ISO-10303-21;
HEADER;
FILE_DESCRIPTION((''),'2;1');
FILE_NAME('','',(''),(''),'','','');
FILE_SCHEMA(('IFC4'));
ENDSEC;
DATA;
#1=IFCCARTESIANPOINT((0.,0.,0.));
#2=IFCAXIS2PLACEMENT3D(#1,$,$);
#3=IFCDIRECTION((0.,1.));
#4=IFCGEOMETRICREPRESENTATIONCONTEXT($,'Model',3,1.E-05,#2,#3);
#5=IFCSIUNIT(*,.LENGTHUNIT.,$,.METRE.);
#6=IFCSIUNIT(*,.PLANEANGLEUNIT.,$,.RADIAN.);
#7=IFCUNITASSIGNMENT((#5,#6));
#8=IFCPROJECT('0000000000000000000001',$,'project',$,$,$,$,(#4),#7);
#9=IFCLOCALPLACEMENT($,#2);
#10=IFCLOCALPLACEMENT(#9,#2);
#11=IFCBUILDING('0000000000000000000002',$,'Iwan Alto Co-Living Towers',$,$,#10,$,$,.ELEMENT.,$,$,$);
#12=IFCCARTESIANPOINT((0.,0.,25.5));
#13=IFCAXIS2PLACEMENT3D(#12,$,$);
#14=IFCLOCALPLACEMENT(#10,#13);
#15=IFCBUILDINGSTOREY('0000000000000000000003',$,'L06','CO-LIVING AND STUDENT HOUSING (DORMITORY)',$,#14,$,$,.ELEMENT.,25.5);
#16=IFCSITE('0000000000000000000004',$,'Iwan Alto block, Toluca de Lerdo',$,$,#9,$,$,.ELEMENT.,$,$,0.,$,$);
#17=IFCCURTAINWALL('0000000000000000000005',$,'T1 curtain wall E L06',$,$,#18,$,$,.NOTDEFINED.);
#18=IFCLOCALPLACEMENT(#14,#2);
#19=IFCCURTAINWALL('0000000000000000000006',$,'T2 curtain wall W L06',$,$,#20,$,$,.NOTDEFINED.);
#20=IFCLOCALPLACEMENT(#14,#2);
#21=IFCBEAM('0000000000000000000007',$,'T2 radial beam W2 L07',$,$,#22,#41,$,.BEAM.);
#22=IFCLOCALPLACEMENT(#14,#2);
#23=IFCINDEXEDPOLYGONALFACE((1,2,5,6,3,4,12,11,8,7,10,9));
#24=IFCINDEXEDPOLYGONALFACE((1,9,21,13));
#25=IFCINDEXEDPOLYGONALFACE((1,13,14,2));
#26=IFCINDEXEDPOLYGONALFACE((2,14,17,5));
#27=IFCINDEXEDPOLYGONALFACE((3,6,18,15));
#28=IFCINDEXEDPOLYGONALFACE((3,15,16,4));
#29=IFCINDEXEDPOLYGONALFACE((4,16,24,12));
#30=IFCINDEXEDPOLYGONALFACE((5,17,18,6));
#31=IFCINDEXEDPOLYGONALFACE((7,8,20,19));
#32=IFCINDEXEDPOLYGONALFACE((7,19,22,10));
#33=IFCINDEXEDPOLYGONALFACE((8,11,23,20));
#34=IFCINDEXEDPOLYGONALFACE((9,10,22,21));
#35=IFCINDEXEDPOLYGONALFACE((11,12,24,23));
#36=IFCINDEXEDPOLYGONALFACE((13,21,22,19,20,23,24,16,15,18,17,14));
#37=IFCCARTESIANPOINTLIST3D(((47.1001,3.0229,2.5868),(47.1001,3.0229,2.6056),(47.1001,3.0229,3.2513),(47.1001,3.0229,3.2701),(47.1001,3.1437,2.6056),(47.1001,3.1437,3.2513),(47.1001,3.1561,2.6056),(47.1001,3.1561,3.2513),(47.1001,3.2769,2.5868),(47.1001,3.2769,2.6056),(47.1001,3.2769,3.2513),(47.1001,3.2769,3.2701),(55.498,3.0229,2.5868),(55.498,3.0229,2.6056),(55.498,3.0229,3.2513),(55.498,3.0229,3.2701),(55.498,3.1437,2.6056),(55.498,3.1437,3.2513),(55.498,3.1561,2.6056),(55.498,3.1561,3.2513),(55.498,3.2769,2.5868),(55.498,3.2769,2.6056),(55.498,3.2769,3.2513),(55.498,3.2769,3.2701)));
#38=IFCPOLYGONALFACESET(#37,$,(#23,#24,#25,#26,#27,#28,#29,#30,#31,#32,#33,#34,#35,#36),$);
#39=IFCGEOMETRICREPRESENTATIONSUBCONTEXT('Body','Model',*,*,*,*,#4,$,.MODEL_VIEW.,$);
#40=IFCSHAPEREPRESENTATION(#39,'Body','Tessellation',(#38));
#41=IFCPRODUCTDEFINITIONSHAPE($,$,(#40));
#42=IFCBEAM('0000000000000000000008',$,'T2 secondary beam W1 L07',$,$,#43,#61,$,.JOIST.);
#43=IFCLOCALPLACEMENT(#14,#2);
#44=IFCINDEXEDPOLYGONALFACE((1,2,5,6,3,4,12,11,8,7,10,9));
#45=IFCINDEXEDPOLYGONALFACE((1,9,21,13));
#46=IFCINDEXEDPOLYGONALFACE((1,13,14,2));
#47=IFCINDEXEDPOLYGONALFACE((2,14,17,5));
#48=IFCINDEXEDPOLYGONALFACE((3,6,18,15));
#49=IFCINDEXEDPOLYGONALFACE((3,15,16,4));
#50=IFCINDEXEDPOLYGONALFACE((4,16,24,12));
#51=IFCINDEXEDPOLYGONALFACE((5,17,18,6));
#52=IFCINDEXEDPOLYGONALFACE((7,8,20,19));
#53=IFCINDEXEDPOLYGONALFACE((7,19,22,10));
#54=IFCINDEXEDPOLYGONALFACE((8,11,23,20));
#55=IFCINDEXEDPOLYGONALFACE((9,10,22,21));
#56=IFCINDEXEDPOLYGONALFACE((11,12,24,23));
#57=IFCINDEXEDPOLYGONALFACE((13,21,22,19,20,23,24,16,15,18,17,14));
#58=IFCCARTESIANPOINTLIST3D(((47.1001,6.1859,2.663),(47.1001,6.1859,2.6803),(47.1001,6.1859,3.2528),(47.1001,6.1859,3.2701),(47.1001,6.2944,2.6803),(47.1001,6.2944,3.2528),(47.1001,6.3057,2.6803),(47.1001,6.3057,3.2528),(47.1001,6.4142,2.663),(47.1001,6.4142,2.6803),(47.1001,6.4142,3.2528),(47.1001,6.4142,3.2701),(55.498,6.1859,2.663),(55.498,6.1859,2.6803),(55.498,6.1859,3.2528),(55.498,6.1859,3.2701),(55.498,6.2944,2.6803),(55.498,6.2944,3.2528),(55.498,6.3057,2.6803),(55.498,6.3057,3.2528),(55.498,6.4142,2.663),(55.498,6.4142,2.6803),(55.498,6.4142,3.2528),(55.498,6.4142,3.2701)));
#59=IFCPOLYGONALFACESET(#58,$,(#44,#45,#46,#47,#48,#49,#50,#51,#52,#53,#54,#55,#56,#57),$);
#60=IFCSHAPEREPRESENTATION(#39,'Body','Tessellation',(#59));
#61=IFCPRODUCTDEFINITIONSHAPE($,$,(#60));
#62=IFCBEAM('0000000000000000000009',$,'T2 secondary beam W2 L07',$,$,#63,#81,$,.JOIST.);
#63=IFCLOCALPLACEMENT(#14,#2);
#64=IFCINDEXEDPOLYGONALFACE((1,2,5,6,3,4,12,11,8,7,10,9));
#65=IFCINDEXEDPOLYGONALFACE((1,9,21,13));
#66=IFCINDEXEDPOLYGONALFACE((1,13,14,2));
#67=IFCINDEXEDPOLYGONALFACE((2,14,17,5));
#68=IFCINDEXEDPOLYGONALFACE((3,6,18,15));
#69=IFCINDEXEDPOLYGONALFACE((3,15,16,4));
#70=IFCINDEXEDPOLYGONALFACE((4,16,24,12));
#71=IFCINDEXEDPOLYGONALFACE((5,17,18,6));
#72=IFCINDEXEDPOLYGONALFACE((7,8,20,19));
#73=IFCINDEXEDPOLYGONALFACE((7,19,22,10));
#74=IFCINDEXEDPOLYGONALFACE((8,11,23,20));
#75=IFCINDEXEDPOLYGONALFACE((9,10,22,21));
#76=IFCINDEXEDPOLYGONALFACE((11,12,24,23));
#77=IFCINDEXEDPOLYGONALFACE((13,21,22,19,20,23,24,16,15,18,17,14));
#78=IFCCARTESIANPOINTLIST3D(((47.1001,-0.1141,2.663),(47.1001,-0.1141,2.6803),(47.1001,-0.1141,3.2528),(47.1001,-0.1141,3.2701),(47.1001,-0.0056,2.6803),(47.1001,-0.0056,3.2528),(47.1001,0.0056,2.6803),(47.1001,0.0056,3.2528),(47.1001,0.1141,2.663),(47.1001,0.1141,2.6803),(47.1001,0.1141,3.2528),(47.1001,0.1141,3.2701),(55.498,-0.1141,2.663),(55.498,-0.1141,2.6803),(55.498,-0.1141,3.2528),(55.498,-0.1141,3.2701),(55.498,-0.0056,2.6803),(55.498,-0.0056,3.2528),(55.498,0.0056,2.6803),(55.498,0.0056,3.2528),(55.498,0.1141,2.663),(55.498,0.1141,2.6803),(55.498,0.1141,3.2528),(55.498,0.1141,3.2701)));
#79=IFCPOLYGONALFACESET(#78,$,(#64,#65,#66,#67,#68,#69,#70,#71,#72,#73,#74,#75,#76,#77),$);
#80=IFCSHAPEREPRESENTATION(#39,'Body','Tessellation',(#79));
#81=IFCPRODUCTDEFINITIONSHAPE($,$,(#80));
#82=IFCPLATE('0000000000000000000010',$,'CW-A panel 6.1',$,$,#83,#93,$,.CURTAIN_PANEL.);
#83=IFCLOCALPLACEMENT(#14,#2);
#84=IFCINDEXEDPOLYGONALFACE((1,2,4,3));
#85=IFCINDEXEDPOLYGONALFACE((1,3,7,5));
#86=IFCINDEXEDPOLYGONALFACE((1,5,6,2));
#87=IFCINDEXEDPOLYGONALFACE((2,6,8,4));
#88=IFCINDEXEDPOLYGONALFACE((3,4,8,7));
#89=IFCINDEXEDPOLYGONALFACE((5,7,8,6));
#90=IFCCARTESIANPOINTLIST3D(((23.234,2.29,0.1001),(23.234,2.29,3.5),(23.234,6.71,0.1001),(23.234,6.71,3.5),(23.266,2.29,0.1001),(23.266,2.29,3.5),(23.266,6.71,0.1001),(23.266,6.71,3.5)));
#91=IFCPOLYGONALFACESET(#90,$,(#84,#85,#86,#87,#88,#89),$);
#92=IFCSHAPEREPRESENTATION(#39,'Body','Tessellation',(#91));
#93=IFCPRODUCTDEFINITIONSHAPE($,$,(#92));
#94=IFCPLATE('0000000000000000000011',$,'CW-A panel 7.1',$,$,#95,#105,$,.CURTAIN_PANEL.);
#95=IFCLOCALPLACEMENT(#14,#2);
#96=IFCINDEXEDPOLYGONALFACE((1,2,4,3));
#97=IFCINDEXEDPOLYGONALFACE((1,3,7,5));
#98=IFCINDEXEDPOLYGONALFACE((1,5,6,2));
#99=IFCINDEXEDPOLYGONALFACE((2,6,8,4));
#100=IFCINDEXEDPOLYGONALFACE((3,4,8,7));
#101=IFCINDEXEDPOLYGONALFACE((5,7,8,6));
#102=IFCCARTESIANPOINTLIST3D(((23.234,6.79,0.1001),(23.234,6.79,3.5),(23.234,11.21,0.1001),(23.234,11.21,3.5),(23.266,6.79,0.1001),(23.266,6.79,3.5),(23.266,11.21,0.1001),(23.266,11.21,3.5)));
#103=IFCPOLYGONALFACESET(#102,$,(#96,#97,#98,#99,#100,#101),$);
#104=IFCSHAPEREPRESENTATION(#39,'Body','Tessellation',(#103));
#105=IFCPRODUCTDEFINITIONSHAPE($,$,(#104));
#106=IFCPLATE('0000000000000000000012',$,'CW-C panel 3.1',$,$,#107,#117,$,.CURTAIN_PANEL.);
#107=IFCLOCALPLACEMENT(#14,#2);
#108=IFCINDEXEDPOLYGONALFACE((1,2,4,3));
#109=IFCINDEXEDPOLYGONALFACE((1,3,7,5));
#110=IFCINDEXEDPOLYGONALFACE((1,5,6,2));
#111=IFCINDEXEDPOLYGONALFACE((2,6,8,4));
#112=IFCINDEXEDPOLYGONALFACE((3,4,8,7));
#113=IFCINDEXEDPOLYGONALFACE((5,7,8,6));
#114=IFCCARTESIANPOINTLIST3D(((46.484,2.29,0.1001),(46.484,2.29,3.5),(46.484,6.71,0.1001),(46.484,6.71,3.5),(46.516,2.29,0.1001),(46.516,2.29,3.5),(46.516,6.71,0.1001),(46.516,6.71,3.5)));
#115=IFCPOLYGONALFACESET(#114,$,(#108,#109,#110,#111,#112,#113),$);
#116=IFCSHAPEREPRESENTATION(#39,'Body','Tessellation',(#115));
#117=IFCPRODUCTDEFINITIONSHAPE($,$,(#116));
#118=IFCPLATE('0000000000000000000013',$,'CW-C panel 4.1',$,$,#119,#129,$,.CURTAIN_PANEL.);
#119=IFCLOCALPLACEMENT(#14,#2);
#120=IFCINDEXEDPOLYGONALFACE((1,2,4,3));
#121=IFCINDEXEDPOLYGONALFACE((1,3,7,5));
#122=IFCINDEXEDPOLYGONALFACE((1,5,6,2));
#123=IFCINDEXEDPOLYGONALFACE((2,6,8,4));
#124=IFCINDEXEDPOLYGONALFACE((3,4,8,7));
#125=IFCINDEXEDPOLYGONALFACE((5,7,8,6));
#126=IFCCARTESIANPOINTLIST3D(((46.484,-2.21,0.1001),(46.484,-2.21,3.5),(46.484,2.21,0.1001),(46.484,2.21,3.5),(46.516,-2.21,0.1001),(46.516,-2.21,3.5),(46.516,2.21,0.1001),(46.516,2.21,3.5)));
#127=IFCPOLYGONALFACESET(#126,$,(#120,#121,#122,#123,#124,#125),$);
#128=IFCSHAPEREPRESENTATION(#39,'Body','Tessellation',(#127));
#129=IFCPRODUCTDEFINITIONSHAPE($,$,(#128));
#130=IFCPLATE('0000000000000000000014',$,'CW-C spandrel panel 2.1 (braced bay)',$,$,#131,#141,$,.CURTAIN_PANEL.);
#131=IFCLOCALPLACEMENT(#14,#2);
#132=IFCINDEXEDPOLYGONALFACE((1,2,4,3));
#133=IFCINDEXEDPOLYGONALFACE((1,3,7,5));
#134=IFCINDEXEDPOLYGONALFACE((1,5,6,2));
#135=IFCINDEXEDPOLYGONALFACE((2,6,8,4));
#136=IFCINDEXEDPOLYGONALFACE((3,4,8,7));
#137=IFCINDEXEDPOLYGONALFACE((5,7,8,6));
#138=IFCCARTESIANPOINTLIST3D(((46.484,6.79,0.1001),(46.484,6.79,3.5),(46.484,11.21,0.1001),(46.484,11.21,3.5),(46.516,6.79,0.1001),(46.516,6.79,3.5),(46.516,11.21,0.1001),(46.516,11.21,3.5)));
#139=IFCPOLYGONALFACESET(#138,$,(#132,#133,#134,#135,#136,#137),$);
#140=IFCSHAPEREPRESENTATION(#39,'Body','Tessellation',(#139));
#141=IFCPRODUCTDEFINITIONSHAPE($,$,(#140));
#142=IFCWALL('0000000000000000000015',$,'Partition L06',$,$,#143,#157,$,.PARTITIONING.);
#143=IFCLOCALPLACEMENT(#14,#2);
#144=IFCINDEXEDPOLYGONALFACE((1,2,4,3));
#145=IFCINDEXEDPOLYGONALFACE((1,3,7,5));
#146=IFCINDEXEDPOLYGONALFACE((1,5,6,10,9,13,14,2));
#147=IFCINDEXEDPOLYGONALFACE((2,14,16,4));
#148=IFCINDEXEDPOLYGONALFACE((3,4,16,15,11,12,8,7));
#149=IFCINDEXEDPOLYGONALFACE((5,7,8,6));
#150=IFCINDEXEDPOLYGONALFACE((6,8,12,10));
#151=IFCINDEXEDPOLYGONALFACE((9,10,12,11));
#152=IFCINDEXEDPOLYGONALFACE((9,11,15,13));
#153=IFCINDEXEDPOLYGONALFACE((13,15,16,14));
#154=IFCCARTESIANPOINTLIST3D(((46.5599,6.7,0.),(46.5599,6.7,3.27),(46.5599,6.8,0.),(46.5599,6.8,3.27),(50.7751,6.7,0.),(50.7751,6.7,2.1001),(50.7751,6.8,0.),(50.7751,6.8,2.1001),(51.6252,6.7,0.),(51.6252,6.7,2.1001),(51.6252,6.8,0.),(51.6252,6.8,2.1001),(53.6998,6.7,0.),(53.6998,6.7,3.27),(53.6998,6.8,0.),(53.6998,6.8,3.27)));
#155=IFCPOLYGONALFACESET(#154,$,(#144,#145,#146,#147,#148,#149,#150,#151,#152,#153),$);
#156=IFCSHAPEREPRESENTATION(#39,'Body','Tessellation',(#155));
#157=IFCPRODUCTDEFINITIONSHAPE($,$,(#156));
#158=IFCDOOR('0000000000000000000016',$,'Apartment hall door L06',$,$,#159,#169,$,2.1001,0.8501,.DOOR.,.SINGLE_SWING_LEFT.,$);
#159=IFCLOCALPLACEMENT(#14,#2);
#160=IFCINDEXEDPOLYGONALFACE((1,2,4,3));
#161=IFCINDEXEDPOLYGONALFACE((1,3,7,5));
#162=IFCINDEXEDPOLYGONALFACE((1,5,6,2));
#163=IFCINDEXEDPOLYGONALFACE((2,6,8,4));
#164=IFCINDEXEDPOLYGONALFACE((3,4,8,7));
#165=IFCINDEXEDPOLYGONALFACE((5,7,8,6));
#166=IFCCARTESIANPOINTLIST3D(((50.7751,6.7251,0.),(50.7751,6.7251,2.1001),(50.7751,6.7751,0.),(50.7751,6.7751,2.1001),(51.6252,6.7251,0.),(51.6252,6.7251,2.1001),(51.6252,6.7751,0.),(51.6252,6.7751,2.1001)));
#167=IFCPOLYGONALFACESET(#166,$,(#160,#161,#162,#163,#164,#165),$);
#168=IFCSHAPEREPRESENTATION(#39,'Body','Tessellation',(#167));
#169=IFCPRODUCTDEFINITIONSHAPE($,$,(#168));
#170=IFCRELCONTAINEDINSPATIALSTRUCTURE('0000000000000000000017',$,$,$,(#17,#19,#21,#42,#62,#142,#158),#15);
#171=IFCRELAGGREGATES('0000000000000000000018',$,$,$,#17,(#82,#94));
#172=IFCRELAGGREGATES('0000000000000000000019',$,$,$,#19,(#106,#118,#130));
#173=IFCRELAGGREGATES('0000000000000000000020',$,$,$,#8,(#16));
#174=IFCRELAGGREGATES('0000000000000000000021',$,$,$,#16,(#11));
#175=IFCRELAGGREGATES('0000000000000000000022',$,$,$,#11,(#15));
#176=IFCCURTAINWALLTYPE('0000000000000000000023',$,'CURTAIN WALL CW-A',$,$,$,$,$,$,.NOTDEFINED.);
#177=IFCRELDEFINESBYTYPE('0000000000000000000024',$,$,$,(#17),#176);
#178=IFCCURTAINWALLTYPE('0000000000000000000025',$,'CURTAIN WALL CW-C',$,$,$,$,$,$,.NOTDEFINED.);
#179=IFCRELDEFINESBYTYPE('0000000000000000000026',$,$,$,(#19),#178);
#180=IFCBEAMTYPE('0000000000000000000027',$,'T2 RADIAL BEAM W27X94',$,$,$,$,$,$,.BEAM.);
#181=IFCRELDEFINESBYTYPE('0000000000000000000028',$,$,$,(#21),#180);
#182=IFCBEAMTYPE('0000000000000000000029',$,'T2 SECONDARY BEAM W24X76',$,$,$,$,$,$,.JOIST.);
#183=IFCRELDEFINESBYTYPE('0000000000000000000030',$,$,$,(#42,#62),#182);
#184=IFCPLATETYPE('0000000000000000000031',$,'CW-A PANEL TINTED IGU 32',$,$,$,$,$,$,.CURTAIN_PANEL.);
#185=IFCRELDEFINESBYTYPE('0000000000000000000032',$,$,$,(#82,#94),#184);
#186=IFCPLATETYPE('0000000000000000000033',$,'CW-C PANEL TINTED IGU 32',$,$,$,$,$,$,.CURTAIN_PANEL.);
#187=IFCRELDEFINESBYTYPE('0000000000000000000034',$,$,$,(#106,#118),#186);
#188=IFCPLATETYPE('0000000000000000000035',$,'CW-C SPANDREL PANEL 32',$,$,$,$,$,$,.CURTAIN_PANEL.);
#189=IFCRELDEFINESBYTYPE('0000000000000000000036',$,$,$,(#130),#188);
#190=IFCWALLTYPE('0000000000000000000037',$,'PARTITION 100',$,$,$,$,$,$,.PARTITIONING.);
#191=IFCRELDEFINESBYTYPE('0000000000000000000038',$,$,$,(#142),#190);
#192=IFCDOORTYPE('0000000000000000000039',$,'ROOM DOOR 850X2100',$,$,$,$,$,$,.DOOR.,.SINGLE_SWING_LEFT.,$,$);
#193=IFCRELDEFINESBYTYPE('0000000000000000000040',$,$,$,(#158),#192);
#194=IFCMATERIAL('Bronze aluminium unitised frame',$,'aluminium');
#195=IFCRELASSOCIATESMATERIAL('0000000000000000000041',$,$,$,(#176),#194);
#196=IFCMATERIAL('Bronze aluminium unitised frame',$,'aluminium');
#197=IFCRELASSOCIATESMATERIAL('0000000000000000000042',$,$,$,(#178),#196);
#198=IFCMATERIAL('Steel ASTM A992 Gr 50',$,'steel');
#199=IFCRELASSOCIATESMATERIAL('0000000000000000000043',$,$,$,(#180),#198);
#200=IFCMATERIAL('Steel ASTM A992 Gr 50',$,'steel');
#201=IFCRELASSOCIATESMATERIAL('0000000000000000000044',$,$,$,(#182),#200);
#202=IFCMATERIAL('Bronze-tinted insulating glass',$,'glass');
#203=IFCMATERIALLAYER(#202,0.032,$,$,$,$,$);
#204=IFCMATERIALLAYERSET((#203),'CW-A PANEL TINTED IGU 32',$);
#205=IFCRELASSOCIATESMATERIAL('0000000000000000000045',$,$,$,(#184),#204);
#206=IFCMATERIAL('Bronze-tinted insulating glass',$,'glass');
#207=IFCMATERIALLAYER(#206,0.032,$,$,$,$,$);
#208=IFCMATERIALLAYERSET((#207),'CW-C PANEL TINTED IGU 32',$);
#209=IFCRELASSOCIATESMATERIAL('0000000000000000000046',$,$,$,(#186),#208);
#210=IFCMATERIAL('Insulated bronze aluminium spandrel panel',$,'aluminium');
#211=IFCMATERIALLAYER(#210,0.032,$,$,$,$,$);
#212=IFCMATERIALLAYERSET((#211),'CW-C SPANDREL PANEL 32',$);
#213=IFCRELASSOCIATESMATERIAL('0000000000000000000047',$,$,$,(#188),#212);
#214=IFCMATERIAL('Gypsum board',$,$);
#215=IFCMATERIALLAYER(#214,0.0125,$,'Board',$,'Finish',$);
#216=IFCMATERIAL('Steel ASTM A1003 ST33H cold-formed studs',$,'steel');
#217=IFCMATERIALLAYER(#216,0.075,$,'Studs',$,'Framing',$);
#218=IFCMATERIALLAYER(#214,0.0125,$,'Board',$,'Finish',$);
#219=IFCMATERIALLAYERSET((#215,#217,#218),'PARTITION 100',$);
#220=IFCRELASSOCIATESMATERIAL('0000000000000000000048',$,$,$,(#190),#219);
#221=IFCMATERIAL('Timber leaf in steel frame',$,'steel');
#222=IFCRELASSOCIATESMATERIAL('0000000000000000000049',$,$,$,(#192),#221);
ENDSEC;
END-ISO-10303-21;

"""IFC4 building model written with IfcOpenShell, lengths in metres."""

from ifc_helpers import new_model, si_unit, direction, frame, frame_2d, origin, origin_2d, place, context, subcontext, project, spatial, rectangle, i_section, extrude, material, layer, layer_set, material_profile, profile_set, type_object, element, fill, aggregate, save


model = new_model("IFC4")

# Units and contexts
model_context = context("Model", 3, precision=1e-05, world=origin(), true_north=direction((0.0, 1.0)))
body_context = subcontext(model_context, "Body", "Model", "MODEL_VIEW")
ifc_project = project(units=[si_unit("LENGTHUNIT", "METRE"), si_unit("PLANEANGLEUNIT", "RADIAN")], contexts=[model_context])

# Site, building, storey
site_placement = place(None, origin())
site = spatial("IfcSite", under=ifc_project, at=site_placement, Name="Iwan Alto block, Toluca de Lerdo", CompositionType="ELEMENT", RefElevation=0.0)
building_placement = place(site_placement, origin())
building = spatial("IfcBuilding", under=site, at=building_placement, Name="Iwan Alto Co-Living Towers", CompositionType="ELEMENT")
storey_placement = place(building_placement, frame((0.0, 0.0, 25.5)))
storey = spatial("IfcBuildingStorey", under=building, at=storey_placement, Name="L06", Description="CO-LIVING AND STUDENT HOUSING (DORMITORY)", CompositionType="ELEMENT", Elevation=25.5)

# Curtain walls
ifc_material_1 = material(Name="Bronze aluminium unitised frame", Category="aluminium")
curtain_wall_type_1 = type_object("IfcCurtainWallType", Name="CURTAIN WALL CW-A", PredefinedType="NOTDEFINED", material=ifc_material_1)
curtain_wall_1_placement = place(storey_placement, origin())
curtain_wall_1 = element("IfcCurtainWall", 1, at=curtain_wall_1_placement, inside=storey, type_object=curtain_wall_type_1, Name="T1 curtain wall E L06", PredefinedType="NOTDEFINED")
ifc_material_2 = material(Name="Bronze aluminium unitised frame", Category="aluminium")
curtain_wall_type_2 = type_object("IfcCurtainWallType", Name="CURTAIN WALL CW-C", PredefinedType="NOTDEFINED", material=ifc_material_2)
curtain_wall_2_placement = place(storey_placement, origin())
curtain_wall_2 = element("IfcCurtainWall", 2, at=curtain_wall_2_placement, inside=storey, type_object=curtain_wall_type_2, Name="T2 curtain wall W L06", PredefinedType="NOTDEFINED")

# Beams
ifc_material_3 = material(Name="Steel ASTM A992 Gr 50", Category="steel")
ifc_material_profile_1 = material_profile(ifc_material_3, i_section(OverallWidth=0.2539, OverallDepth=0.6833, WebThickness=0.0125, FlangeThickness=0.0188, at=origin_2d()), Name="W27X94")
ifc_profile_set_1 = profile_set([ifc_material_profile_1], Name="Steel ASTM A992 Gr 50")
beam_type_1 = type_object("IfcBeamType", Name="T2 RADIAL BEAM W27X94", PredefinedType="BEAM", material=ifc_profile_set_1)
beam_1_placement = place(storey_placement, frame((47.1001, 3.1499, 2.9285), z_axis=(1.0, 0.0, 0.0), x_axis=(0.0, 1.0, 0.0)))
element("IfcBeam", 3, at=beam_1_placement, inside=storey, type_object=beam_type_1, Name="T2 radial beam W2 L07", PredefinedType="BEAM", context=body_context, shape_type="SweptSolid", body=[
    extrude(i_section(OverallWidth=0.2539, OverallDepth=0.6833, WebThickness=0.0125, FlangeThickness=0.0188, at=origin_2d()), origin(), (0.0, 0.0, 1.0), 8.3979),
])
ifc_material_4 = material(Name="Steel ASTM A992 Gr 50", Category="steel")
ifc_material_profile_2 = material_profile(ifc_material_4, i_section(OverallWidth=0.2283, OverallDepth=0.6072, WebThickness=0.0112, FlangeThickness=0.0173, at=origin_2d()), Name="W24X76")
ifc_profile_set_2 = profile_set([ifc_material_profile_2], Name="Steel ASTM A992 Gr 50")
beam_type_2 = type_object("IfcBeamType", Name="T2 SECONDARY BEAM W24X76", PredefinedType="JOIST", material=ifc_profile_set_2)
for number, where, z_axis, x_axis, name in (
    (4, (47.1001, 6.3, 2.9666), (1.0, 0.0, 0.0), (0.0, 1.0, 0.0), "T2 secondary beam W1 L07"),
    (5, (47.1001, 0.0, 2.9666), (1.0, 0.0, 0.0), (0.0, 1.0, 0.0), "T2 secondary beam W2 L07"),
):
    element("IfcBeam", number, at=place(storey_placement, frame(where, z_axis=z_axis, x_axis=x_axis)), inside=storey, type_object=beam_type_2, Name=name, PredefinedType="JOIST", context=body_context, shape_type="SweptSolid", body=[
        extrude(i_section(OverallWidth=0.2283, OverallDepth=0.6072, WebThickness=0.0112, FlangeThickness=0.0173, at=origin_2d()), origin(), (0.0, 0.0, 1.0), 8.3979),
    ])

# Plates
ifc_material_5 = material(Name="Bronze-tinted insulating glass", Category="glass")
ifc_layer_1 = layer(ifc_material_5, 0.032)
ifc_layer_set_1 = layer_set([ifc_layer_1], Name="CW-A PANEL TINTED IGU 32")
plate_type_1 = type_object("IfcPlateType", Name="CW-A PANEL TINTED IGU 32", PredefinedType="CURTAIN_PANEL", material=ifc_layer_set_1)
plate_1_placement = place(storey_placement, frame((23.25, 4.5, 0.1001), z_axis=(0.0, 0.0, 1.0), x_axis=(0.0, 1.0, 0.0)))
plate_1 = element("IfcPlate", 6, at=plate_1_placement, type_object=plate_type_1, Name="CW-A panel 6.1", PredefinedType="CURTAIN_PANEL", context=body_context, shape_type="SweptSolid", body=[
    extrude(rectangle(XDim=4.4199, YDim=0.032, at=origin_2d()), origin(), (0.0, 0.0, 1.0), 3.3999),
])
plate_2_placement = place(storey_placement, frame((23.25, 9.0, 0.1001), z_axis=(0.0, 0.0, 1.0), x_axis=(0.0, 1.0, 0.0)))
plate_2 = element("IfcPlate", 7, at=plate_2_placement, type_object=plate_type_1, Name="CW-A panel 7.1", PredefinedType="CURTAIN_PANEL", context=body_context, shape_type="SweptSolid", body=[
    extrude(rectangle(XDim=4.4199, YDim=0.032, at=origin_2d()), origin(), (0.0, 0.0, 1.0), 3.3999),
])
aggregate(curtain_wall_1, [plate_1, plate_2])
ifc_material_6 = material(Name="Bronze-tinted insulating glass", Category="glass")
ifc_layer_2 = layer(ifc_material_6, 0.032)
ifc_layer_set_2 = layer_set([ifc_layer_2], Name="CW-C PANEL TINTED IGU 32")
plate_type_2 = type_object("IfcPlateType", Name="CW-C PANEL TINTED IGU 32", PredefinedType="CURTAIN_PANEL", material=ifc_layer_set_2)
plate_3_placement = place(storey_placement, frame((46.5, 4.5, 0.1001), z_axis=(0.0, 0.0, 1.0), x_axis=(0.0, -1.0, 0.0)))
plate_3 = element("IfcPlate", 8, at=plate_3_placement, type_object=plate_type_2, Name="CW-C panel 3.1", PredefinedType="CURTAIN_PANEL", context=body_context, shape_type="SweptSolid", body=[
    extrude(rectangle(XDim=4.4199, YDim=0.032, at=origin_2d()), origin(), (0.0, 0.0, 1.0), 3.3999),
])
plate_4_placement = place(storey_placement, frame((46.5, 0.0, 0.1001), z_axis=(0.0, 0.0, 1.0), x_axis=(0.0, -1.0, 0.0)))
plate_4 = element("IfcPlate", 9, at=plate_4_placement, type_object=plate_type_2, Name="CW-C panel 4.1", PredefinedType="CURTAIN_PANEL", context=body_context, shape_type="SweptSolid", body=[
    extrude(rectangle(XDim=4.4199, YDim=0.032, at=origin_2d()), origin(), (0.0, 0.0, 1.0), 3.3999),
])
ifc_material_7 = material(Name="Insulated bronze aluminium spandrel panel", Category="aluminium")
ifc_layer_3 = layer(ifc_material_7, 0.032)
ifc_layer_set_3 = layer_set([ifc_layer_3], Name="CW-C SPANDREL PANEL 32")
plate_type_3 = type_object("IfcPlateType", Name="CW-C SPANDREL PANEL 32", PredefinedType="CURTAIN_PANEL", material=ifc_layer_set_3)
plate_5_placement = place(storey_placement, frame((46.5, 9.0, 0.1001), z_axis=(0.0, 0.0, 1.0), x_axis=(0.0, -1.0, 0.0)))
plate_5 = element("IfcPlate", 10, at=plate_5_placement, type_object=plate_type_3, Name="CW-C spandrel panel 2.1 (braced bay)", PredefinedType="CURTAIN_PANEL", context=body_context, shape_type="SweptSolid", body=[
    extrude(rectangle(XDim=4.4199, YDim=0.032, at=origin_2d()), origin(), (0.0, 0.0, 1.0), 3.3999),
])
aggregate(curtain_wall_2, [plate_3, plate_4, plate_5])

# Wall, opening, door
ifc_material_8 = material(Name="Gypsum board")
ifc_layer_4 = layer(ifc_material_8, 0.0125, Name="Board", Category="Finish")
ifc_material_9 = material(Name="Steel ASTM A1003 ST33H cold-formed studs", Category="steel")
ifc_layer_5 = layer(ifc_material_9, 0.075, Name="Studs", Category="Framing")
ifc_layer_6 = layer(ifc_material_8, 0.0125, Name="Board", Category="Finish")
ifc_layer_set_4 = layer_set([ifc_layer_4, ifc_layer_5, ifc_layer_6], Name="PARTITION 100")
wall_type = type_object("IfcWallType", Name="PARTITION 100", PredefinedType="PARTITIONING", material=ifc_layer_set_4)
wall_placement = place(storey_placement, frame((46.5601, 6.75, 0.0), z_axis=(0.0, 0.0, 1.0), x_axis=(1.0, 0.0, 0.0)))
wall = element("IfcWall", 11, at=wall_placement, inside=storey, type_object=wall_type, Name="Partition L06", PredefinedType="PARTITIONING", context=body_context, shape_type="SweptSolid", body=[
    extrude(rectangle(XDim=7.1399, YDim=0.1001, at=frame_2d((3.5698, 0.0))), origin(), (0.0, 0.0, 1.0), 3.27),
])
opening_placement = place(wall_placement, frame((4.2151, 0.0, 0.0)))
opening = element("IfcOpeningElement", 12, at=opening_placement, cuts=wall, PredefinedType="OPENING", context=body_context, shape_type="SweptSolid", body=[
    extrude(rectangle(XDim=0.8501, YDim=2.1001, at=frame_2d((0.425, 1.05))), frame((0.0, 0.0601, 0.0), z_axis=(0.0, -1.0, 0.0), x_axis=(1.0, 0.0, 0.0)), (0.0, 0.0, 1.0), 0.1201),
])
ifc_material_10 = material(Name="Timber leaf in steel frame", Category="steel")
door_type = type_object("IfcDoorType", Name="ROOM DOOR 850X2100", OperationType="SINGLE_SWING_LEFT", PredefinedType="DOOR", material=ifc_material_10)
door_placement = place(opening_placement, frame((0.8501, 0.0, 0.0), z_axis=(0.0, 0.0, 1.0), x_axis=(-1.0, 0.0, 0.0)))
door = element("IfcDoor", 13, at=door_placement, inside=storey, type_object=door_type, Name="Apartment hall door L06", OperationType="SINGLE_SWING_LEFT", OverallHeight=2.1001, OverallWidth=0.8501, PredefinedType="DOOR", context=body_context, shape_type="SweptSolid", body=[
    extrude(rectangle(XDim=0.8501, YDim=2.1001, at=frame_2d((0.425, 1.05))), frame((0.0, 0.0249, 0.0), z_axis=(0.0, -1.0, 0.0), x_axis=(1.0, 0.0, 0.0)), (0.0, 0.0, 1.0), 0.05),
])
fill(opening, door)

save(model, "model.ifc")
